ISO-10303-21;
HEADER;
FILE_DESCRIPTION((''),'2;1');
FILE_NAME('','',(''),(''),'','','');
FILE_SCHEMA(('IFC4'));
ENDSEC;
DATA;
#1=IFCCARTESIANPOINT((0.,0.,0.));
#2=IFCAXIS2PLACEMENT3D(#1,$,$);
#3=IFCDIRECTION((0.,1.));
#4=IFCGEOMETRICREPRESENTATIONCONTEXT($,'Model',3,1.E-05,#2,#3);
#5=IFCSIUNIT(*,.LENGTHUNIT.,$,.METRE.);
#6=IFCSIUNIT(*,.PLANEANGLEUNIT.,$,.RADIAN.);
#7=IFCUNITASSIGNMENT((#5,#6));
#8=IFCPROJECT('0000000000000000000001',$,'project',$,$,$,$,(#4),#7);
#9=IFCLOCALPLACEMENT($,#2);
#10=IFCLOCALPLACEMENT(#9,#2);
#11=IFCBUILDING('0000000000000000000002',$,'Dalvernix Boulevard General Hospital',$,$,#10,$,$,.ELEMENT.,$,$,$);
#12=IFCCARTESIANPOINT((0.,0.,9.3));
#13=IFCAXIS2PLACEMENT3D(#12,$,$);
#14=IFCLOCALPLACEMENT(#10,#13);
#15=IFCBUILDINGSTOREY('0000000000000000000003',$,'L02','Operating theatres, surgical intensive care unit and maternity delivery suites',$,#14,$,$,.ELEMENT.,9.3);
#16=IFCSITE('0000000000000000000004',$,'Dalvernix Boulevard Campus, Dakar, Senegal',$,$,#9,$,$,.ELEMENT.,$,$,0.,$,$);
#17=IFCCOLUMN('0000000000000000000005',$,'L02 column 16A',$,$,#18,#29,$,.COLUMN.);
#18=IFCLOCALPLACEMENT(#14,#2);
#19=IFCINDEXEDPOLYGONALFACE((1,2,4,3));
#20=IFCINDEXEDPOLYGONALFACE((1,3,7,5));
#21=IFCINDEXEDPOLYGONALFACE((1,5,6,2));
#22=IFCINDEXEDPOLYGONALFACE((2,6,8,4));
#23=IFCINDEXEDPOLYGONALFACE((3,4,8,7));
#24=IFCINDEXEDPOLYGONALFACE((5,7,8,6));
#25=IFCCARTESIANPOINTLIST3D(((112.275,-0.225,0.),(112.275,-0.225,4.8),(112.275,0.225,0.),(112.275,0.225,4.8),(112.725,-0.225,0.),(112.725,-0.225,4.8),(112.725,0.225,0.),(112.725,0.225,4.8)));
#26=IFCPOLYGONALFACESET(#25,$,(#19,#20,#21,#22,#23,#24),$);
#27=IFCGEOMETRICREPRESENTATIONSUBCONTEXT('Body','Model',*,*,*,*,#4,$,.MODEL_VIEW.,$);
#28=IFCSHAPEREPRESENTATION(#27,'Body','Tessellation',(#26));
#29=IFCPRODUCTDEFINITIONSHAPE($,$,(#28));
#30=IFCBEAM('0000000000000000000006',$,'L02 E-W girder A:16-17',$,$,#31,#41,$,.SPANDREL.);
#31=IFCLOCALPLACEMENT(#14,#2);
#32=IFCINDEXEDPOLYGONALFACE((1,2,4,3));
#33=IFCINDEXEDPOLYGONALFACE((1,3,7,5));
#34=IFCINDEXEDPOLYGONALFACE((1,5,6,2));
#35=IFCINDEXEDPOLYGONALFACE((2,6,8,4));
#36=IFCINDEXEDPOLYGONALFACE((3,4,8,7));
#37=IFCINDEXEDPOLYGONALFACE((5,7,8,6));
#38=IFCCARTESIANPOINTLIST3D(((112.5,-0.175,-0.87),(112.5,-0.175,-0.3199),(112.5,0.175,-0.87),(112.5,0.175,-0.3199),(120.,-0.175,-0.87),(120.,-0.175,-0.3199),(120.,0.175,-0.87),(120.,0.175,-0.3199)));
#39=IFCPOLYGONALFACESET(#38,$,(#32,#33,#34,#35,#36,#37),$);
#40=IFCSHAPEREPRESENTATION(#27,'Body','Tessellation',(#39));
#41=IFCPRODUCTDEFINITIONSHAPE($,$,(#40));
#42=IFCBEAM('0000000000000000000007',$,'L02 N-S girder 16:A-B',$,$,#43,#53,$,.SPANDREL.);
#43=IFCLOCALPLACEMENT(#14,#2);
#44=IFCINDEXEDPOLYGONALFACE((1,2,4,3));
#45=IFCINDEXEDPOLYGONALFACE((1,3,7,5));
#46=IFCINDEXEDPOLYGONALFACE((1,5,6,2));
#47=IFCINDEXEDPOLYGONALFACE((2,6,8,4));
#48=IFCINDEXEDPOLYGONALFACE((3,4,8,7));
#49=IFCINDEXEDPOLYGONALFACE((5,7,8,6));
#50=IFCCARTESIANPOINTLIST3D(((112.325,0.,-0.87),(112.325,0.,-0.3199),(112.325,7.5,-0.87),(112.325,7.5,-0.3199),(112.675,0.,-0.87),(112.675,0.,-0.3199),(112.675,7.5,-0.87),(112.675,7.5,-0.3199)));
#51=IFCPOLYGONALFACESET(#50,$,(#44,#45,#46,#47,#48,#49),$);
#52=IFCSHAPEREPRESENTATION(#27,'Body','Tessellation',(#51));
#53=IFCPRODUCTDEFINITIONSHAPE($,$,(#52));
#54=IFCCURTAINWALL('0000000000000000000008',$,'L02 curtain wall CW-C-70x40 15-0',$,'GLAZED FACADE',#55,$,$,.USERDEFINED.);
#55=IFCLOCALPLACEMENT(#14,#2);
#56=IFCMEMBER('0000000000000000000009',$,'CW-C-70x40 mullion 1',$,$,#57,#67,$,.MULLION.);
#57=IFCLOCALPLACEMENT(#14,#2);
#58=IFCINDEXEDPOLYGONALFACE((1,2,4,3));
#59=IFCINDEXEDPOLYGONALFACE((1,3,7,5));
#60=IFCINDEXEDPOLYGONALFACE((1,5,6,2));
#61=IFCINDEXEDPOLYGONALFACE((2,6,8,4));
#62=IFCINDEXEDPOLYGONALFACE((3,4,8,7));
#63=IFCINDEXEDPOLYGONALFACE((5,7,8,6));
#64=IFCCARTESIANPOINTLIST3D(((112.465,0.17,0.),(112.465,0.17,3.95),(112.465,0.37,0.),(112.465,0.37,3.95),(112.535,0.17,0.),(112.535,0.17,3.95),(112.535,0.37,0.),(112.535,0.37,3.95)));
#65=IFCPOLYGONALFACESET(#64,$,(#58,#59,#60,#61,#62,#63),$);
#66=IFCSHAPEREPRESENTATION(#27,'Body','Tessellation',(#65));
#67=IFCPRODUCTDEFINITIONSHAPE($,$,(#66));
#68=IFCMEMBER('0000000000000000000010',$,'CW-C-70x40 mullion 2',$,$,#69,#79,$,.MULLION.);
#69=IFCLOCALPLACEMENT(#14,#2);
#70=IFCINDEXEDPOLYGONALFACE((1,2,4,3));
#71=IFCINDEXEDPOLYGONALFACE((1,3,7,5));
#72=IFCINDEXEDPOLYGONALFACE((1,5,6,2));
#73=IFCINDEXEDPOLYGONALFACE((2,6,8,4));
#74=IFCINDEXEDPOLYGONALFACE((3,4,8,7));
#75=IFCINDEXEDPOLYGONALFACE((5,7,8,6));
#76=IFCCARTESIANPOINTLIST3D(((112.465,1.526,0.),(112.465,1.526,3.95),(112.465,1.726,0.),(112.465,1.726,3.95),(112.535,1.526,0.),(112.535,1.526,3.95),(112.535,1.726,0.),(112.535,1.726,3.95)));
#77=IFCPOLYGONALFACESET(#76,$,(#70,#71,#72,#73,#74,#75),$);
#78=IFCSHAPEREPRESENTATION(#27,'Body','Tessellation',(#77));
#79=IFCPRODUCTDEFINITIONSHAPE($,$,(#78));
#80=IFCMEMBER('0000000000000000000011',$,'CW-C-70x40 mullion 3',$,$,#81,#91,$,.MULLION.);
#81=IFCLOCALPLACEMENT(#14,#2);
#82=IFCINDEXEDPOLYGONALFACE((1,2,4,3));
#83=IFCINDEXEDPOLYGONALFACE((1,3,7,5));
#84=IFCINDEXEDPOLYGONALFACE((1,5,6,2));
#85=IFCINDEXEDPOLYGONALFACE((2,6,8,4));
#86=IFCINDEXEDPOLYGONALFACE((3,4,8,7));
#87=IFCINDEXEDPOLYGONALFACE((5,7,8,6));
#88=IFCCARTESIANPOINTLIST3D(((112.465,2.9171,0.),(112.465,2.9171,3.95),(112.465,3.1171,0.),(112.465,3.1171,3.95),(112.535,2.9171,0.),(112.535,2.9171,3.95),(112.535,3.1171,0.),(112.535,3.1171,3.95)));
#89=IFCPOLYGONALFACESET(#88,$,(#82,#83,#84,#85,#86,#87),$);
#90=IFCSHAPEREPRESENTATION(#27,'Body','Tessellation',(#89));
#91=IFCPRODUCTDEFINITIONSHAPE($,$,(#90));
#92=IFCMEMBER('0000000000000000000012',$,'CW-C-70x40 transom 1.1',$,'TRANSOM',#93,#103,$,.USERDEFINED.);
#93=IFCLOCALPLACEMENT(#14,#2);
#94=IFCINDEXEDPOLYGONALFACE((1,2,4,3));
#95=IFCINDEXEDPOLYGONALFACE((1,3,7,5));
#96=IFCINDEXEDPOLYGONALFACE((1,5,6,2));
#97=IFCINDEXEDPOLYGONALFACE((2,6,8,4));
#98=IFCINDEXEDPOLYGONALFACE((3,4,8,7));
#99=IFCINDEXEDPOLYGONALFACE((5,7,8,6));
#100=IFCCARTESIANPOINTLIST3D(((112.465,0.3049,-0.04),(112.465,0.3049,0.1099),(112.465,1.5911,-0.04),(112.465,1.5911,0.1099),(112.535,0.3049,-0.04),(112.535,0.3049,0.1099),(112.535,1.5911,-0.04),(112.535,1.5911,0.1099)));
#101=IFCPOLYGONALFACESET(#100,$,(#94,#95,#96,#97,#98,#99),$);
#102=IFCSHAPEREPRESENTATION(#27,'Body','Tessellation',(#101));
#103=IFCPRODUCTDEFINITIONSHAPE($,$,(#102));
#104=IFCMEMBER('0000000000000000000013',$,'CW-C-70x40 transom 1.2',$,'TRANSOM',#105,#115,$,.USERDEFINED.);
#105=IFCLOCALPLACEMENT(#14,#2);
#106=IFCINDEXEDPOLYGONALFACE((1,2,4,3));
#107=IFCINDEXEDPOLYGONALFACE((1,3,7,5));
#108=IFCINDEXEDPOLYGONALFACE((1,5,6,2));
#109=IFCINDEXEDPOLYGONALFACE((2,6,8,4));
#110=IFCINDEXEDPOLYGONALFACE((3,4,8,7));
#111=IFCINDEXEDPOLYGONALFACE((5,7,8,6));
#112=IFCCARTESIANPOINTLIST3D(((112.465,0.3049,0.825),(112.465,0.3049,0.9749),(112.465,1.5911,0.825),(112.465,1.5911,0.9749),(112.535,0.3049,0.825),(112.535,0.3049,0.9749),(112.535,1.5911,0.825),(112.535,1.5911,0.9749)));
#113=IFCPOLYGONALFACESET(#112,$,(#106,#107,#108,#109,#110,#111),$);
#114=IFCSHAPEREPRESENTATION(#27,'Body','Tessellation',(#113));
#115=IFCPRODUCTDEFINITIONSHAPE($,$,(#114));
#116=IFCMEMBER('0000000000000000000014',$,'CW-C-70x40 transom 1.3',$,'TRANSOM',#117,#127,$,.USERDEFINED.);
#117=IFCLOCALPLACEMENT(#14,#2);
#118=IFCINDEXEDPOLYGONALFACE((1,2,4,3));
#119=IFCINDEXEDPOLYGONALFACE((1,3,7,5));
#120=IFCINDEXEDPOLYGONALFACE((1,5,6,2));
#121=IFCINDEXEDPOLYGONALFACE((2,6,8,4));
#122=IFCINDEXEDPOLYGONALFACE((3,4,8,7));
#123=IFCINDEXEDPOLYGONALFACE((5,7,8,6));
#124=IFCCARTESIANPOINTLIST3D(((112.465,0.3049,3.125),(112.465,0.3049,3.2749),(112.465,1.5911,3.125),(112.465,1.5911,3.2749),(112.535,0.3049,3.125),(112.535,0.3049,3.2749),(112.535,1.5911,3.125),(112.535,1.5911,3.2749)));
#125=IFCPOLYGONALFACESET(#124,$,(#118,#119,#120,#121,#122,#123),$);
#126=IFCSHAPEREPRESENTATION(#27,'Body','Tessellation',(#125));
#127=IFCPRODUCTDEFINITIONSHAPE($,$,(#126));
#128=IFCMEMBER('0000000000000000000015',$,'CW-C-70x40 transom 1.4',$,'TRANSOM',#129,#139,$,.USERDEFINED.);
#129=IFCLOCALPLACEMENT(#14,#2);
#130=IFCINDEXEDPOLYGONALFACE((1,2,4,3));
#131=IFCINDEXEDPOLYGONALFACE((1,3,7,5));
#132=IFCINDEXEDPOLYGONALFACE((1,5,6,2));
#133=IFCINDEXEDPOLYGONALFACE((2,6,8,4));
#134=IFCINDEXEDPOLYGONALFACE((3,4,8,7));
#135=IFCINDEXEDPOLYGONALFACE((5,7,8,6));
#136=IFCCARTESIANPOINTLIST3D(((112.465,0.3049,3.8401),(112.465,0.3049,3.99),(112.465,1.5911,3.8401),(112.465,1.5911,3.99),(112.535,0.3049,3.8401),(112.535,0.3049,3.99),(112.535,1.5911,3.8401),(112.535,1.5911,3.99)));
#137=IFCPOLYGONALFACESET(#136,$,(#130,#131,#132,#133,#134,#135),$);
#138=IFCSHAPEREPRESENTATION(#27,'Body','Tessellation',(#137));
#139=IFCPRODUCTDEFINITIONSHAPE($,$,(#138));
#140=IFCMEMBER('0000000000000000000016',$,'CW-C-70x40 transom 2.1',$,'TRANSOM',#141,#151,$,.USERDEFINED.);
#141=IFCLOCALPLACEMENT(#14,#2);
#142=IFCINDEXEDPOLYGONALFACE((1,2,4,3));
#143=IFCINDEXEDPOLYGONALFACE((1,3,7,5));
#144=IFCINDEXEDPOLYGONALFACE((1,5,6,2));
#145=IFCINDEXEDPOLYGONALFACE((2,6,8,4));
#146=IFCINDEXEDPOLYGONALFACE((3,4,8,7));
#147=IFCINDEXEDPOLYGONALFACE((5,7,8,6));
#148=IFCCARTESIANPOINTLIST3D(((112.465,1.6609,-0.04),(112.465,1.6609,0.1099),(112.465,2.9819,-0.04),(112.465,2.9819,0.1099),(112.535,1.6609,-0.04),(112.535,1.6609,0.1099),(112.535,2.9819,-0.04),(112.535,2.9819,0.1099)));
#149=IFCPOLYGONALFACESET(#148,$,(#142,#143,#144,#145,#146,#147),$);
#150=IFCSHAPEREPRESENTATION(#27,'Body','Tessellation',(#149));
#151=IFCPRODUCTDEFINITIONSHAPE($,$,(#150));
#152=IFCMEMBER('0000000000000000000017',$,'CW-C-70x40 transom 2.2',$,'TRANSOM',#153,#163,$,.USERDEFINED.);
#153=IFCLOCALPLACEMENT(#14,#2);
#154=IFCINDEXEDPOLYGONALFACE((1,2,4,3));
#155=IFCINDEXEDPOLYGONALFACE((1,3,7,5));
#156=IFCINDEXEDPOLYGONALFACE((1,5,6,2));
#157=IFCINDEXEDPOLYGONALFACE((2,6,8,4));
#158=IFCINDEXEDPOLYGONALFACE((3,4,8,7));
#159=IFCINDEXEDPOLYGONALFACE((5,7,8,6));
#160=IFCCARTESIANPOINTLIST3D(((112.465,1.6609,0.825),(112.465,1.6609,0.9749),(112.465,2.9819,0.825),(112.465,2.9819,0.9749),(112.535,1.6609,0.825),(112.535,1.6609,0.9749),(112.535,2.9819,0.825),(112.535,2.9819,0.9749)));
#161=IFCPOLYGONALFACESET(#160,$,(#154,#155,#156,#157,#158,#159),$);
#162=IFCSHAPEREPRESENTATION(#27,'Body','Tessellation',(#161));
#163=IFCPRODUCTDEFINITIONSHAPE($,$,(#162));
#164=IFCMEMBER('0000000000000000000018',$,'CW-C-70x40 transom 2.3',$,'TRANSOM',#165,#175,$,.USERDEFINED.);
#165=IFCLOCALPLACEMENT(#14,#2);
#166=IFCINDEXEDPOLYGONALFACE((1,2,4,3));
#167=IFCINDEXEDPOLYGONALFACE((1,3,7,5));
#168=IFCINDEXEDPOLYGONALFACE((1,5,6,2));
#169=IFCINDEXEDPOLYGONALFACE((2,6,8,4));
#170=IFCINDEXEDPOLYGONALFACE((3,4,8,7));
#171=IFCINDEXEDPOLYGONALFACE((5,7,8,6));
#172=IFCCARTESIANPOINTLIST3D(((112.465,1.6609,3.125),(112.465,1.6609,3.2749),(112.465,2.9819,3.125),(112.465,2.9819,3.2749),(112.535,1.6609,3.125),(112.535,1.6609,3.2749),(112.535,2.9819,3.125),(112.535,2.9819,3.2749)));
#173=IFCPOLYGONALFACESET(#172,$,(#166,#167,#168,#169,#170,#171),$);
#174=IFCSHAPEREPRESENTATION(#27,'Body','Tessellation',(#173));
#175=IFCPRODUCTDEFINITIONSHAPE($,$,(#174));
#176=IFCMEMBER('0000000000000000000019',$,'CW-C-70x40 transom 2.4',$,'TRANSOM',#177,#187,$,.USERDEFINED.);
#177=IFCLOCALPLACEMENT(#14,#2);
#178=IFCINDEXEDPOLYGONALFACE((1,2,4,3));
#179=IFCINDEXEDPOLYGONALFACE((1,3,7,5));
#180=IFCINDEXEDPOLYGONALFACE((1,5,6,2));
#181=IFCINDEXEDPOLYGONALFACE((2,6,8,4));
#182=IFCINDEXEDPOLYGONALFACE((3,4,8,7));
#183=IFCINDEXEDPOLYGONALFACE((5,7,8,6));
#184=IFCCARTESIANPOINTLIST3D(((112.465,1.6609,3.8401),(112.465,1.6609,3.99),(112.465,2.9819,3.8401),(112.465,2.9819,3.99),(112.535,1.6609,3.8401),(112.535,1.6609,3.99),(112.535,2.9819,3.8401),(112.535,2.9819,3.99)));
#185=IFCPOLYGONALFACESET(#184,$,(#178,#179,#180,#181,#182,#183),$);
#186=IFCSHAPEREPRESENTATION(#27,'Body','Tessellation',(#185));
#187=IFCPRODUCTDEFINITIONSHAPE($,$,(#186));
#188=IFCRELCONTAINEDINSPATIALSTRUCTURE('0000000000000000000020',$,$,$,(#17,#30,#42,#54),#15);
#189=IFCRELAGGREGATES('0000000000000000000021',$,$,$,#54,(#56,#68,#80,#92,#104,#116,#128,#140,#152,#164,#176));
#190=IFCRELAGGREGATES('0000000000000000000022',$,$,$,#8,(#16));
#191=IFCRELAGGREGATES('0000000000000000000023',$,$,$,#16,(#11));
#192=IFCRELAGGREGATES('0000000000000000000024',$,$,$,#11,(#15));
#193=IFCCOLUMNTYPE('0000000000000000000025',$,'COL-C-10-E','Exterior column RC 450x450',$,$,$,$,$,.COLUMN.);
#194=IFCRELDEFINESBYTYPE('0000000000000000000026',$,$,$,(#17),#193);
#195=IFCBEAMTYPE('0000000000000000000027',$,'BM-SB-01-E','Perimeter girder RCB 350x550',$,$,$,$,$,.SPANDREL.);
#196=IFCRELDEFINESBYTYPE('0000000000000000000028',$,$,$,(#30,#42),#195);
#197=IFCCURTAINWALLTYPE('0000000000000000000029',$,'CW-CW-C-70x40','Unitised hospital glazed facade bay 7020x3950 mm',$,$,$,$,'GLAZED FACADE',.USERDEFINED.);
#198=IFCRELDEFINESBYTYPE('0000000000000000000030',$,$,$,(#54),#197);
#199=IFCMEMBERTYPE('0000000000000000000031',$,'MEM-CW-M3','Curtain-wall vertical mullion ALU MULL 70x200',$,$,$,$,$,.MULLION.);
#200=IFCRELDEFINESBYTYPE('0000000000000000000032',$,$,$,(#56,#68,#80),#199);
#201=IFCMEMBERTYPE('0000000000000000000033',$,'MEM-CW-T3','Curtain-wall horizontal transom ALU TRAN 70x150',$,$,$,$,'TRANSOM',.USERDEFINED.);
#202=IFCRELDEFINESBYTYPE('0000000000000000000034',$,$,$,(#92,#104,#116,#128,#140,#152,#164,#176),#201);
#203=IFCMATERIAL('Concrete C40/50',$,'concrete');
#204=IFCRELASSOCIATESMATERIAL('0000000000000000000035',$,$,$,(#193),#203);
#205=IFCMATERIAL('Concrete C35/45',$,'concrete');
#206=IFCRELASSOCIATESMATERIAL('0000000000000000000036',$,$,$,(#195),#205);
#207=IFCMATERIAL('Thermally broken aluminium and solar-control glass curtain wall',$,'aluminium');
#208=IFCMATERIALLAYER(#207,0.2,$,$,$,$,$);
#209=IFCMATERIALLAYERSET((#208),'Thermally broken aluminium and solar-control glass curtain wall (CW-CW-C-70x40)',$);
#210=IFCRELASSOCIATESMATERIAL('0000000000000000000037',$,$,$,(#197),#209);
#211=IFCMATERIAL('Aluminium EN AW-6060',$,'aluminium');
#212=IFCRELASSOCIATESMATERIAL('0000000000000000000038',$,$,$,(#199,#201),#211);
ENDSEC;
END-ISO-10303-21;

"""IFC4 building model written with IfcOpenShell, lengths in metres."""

from ifc_helpers import new_model, si_unit, direction, frame, origin, origin_2d, place, context, subcontext, project, spatial, rectangle, extrude, material, layer, layer_set, material_profile, profile_set, type_object, element, aggregate, save


model = new_model("IFC4")

# Units and contexts
model_context = context("Model", 3, precision=1e-05, world=origin(), true_north=direction((0.0, 1.0)))
body_context = subcontext(model_context, "Body", "Model", "MODEL_VIEW")
ifc_project = project(units=[si_unit("LENGTHUNIT", "METRE"), si_unit("PLANEANGLEUNIT", "RADIAN")], contexts=[model_context])

# Site, building, storey
site_placement = place(None, origin())
site = spatial("IfcSite", under=ifc_project, at=site_placement, Name="Dalvernix Boulevard Campus, Dakar, Senegal", CompositionType="ELEMENT", RefElevation=0.0)
building_placement = place(site_placement, origin())
building = spatial("IfcBuilding", under=site, at=building_placement, Name="Dalvernix Boulevard General Hospital", CompositionType="ELEMENT")
storey_placement = place(building_placement, frame((0.0, 0.0, 9.3)))
storey = spatial("IfcBuildingStorey", under=building, at=storey_placement, Name="L02", Description="Operating theatres, surgical intensive care unit and maternity delivery suites", CompositionType="ELEMENT", Elevation=9.3)

# Column
ifc_material_1 = material(Name="Concrete C40/50", Category="concrete")
ifc_material_profile_1 = material_profile(ifc_material_1, rectangle(XDim=0.45, YDim=0.45, at=origin_2d()), Name="RC 450x450")
ifc_profile_set_1 = profile_set([ifc_material_profile_1], Name="Concrete C40/50")
column_type = type_object("IfcColumnType", Name="COL-C-10-E", Description="Exterior column RC 450x450", PredefinedType="COLUMN", material=ifc_profile_set_1)
column_placement = place(storey_placement, frame((112.5, 0.0, 0.0), z_axis=(0.0, 0.0, 1.0), x_axis=(1.0, 0.0, 0.0)))
element("IfcColumn", 1, at=column_placement, inside=storey, type_object=column_type, Name="L02 column 16A", PredefinedType="COLUMN", context=body_context, shape_type="SweptSolid", body=[
    extrude(rectangle(XDim=0.45, YDim=0.45, at=origin_2d()), origin(), (0.0, 0.0, 1.0), 4.8),
])

# Beams
ifc_material_2 = material(Name="Concrete C35/45", Category="concrete")
ifc_material_profile_2 = material_profile(ifc_material_2, rectangle(XDim=0.3501, YDim=0.55, at=origin_2d()), Name="RCB 350x550")
ifc_profile_set_2 = profile_set([ifc_material_profile_2], Name="Concrete C35/45")
beam_type = type_object("IfcBeamType", Name="BM-SB-01-E", Description="Perimeter girder RCB 350x550", PredefinedType="SPANDREL", material=ifc_profile_set_2)
for number, where, z_axis, x_axis, name in (
    (2, (112.5, 0.0, -0.595), (1.0, 0.0, 0.0), (0.0, 1.0, 0.0), "L02 E-W girder A:16-17"),
    (3, (112.5, 0.0, -0.595), (0.0, 1.0, 0.0), (-1.0, 0.0, 0.0), "L02 N-S girder 16:A-B"),
):
    element("IfcBeam", number, at=place(storey_placement, frame(where, z_axis=z_axis, x_axis=x_axis)), inside=storey, type_object=beam_type, Name=name, PredefinedType="SPANDREL", context=body_context, shape_type="SweptSolid", body=[
        extrude(rectangle(XDim=0.3501, YDim=0.55, at=origin_2d()), origin(), (0.0, 0.0, 1.0), 7.5),
    ])

# Curtain wall, members
ifc_material_3 = material(Name="Thermally broken aluminium and solar-control glass curtain wall", Category="aluminium")
ifc_layer_1 = layer(ifc_material_3, 0.2)
ifc_layer_set_1 = layer_set([ifc_layer_1], Name="Thermally broken aluminium and solar-control glass curtain wall (CW-CW-C-70x40)")
curtain_wall_type = type_object("IfcCurtainWallType", Name="CW-CW-C-70x40", Description="Unitised hospital glazed facade bay 7020x3950 mm", ElementType="GLAZED FACADE", PredefinedType="USERDEFINED", material=ifc_layer_set_1)
curtain_wall_placement = place(storey_placement, origin())
curtain_wall = element("IfcCurtainWall", 4, at=curtain_wall_placement, inside=storey, type_object=curtain_wall_type, Name="L02 curtain wall CW-C-70x40 15-0", ObjectType="GLAZED FACADE", PredefinedType="USERDEFINED")
ifc_material_4 = material(Name="Aluminium EN AW-6060", Category="aluminium")
ifc_material_profile_3 = material_profile(ifc_material_4, rectangle(XDim=0.0701, YDim=0.2, at=origin_2d()), Name="ALU MULL 70x200")
ifc_profile_set_3 = profile_set([ifc_material_profile_3], Name="Aluminium EN AW-6060")
member_type_1 = type_object("IfcMemberType", Name="MEM-CW-M3", Description="Curtain-wall vertical mullion ALU MULL 70x200", PredefinedType="MULLION", material=ifc_profile_set_3)
member_1_placement = place(storey_placement, frame((112.5, 0.27, 0.0), z_axis=(0.0, 0.0, 1.0), x_axis=(-1.0, 0.0, 0.0)))
member_1 = element("IfcMember", 5, at=member_1_placement, type_object=member_type_1, Name="CW-C-70x40 mullion 1", PredefinedType="MULLION", context=body_context, shape_type="SweptSolid", body=[
    extrude(rectangle(XDim=0.0701, YDim=0.2, at=origin_2d()), origin(), (0.0, 0.0, 1.0), 3.95),
])
member_2_placement = place(storey_placement, frame((112.5, 1.626, 0.0), z_axis=(0.0, 0.0, 1.0), x_axis=(-1.0, 0.0, 0.0)))
member_2 = element("IfcMember", 6, at=member_2_placement, type_object=member_type_1, Name="CW-C-70x40 mullion 2", PredefinedType="MULLION", context=body_context, shape_type="SweptSolid", body=[
    extrude(rectangle(XDim=0.0701, YDim=0.2, at=origin_2d()), origin(), (0.0, 0.0, 1.0), 3.95),
])
member_3_placement = place(storey_placement, frame((112.5, 3.0171, 0.0), z_axis=(0.0, 0.0, 1.0), x_axis=(-1.0, 0.0, 0.0)))
member_3 = element("IfcMember", 7, at=member_3_placement, type_object=member_type_1, Name="CW-C-70x40 mullion 3", PredefinedType="MULLION", context=body_context, shape_type="SweptSolid", body=[
    extrude(rectangle(XDim=0.0701, YDim=0.2, at=origin_2d()), origin(), (0.0, 0.0, 1.0), 3.95),
])
ifc_material_profile_4 = material_profile(ifc_material_4, rectangle(XDim=0.0701, YDim=0.1499, at=origin_2d()), Name="ALU TRAN 70x150")
ifc_profile_set_4 = profile_set([ifc_material_profile_4], Name="Aluminium EN AW-6060")
member_type_2 = type_object("IfcMemberType", Name="MEM-CW-T3", Description="Curtain-wall horizontal transom ALU TRAN 70x150", ElementType="TRANSOM", PredefinedType="USERDEFINED", material=ifc_profile_set_4)
member_4_placement = place(storey_placement, frame((112.5, 0.3049, 0.0349), z_axis=(0.0, 1.0, 0.0), x_axis=(-1.0, 0.0, 0.0)))
member_4 = element("IfcMember", 8, at=member_4_placement, type_object=member_type_2, Name="CW-C-70x40 transom 1.1", ObjectType="TRANSOM", PredefinedType="USERDEFINED", context=body_context, shape_type="SweptSolid", body=[
    extrude(rectangle(XDim=0.0701, YDim=0.1499, at=origin_2d()), origin(), (0.0, 0.0, 1.0), 1.2861),
])
member_5_placement = place(storey_placement, frame((112.5, 0.3049, 0.8999), z_axis=(0.0, 1.0, 0.0), x_axis=(-1.0, 0.0, 0.0)))
member_5 = element("IfcMember", 9, at=member_5_placement, type_object=member_type_2, Name="CW-C-70x40 transom 1.2", ObjectType="TRANSOM", PredefinedType="USERDEFINED", context=body_context, shape_type="SweptSolid", body=[
    extrude(rectangle(XDim=0.0701, YDim=0.1499, at=origin_2d()), origin(), (0.0, 0.0, 1.0), 1.2861),
])
member_6_placement = place(storey_placement, frame((112.5, 0.3049, 3.2), z_axis=(0.0, 1.0, 0.0), x_axis=(-1.0, 0.0, 0.0)))
member_6 = element("IfcMember", 10, at=member_6_placement, type_object=member_type_2, Name="CW-C-70x40 transom 1.3", ObjectType="TRANSOM", PredefinedType="USERDEFINED", context=body_context, shape_type="SweptSolid", body=[
    extrude(rectangle(XDim=0.0701, YDim=0.1499, at=origin_2d()), origin(), (0.0, 0.0, 1.0), 1.2861),
])
member_7_placement = place(storey_placement, frame((112.5, 0.3049, 3.915), z_axis=(0.0, 1.0, 0.0), x_axis=(-1.0, 0.0, 0.0)))
member_7 = element("IfcMember", 11, at=member_7_placement, type_object=member_type_2, Name="CW-C-70x40 transom 1.4", ObjectType="TRANSOM", PredefinedType="USERDEFINED", context=body_context, shape_type="SweptSolid", body=[
    extrude(rectangle(XDim=0.0701, YDim=0.1499, at=origin_2d()), origin(), (0.0, 0.0, 1.0), 1.2861),
])
member_8_placement = place(storey_placement, frame((112.5, 1.6609, 0.0349), z_axis=(0.0, 1.0, 0.0), x_axis=(-1.0, 0.0, 0.0)))
member_8 = element("IfcMember", 12, at=member_8_placement, type_object=member_type_2, Name="CW-C-70x40 transom 2.1", ObjectType="TRANSOM", PredefinedType="USERDEFINED", context=body_context, shape_type="SweptSolid", body=[
    extrude(rectangle(XDim=0.0701, YDim=0.1499, at=origin_2d()), origin(), (0.0, 0.0, 1.0), 1.321),
])
member_9_placement = place(storey_placement, frame((112.5, 1.6609, 0.8999), z_axis=(0.0, 1.0, 0.0), x_axis=(-1.0, 0.0, 0.0)))
member_9 = element("IfcMember", 13, at=member_9_placement, type_object=member_type_2, Name="CW-C-70x40 transom 2.2", ObjectType="TRANSOM", PredefinedType="USERDEFINED", context=body_context, shape_type="SweptSolid", body=[
    extrude(rectangle(XDim=0.0701, YDim=0.1499, at=origin_2d()), origin(), (0.0, 0.0, 1.0), 1.321),
])
member_10_placement = place(storey_placement, frame((112.5, 1.6609, 3.2), z_axis=(0.0, 1.0, 0.0), x_axis=(-1.0, 0.0, 0.0)))
member_10 = element("IfcMember", 14, at=member_10_placement, type_object=member_type_2, Name="CW-C-70x40 transom 2.3", ObjectType="TRANSOM", PredefinedType="USERDEFINED", context=body_context, shape_type="SweptSolid", body=[
    extrude(rectangle(XDim=0.0701, YDim=0.1499, at=origin_2d()), origin(), (0.0, 0.0, 1.0), 1.321),
])
member_11_placement = place(storey_placement, frame((112.5, 1.6609, 3.915), z_axis=(0.0, 1.0, 0.0), x_axis=(-1.0, 0.0, 0.0)))
member_11 = element("IfcMember", 15, at=member_11_placement, type_object=member_type_2, Name="CW-C-70x40 transom 2.4", ObjectType="TRANSOM", PredefinedType="USERDEFINED", context=body_context, shape_type="SweptSolid", body=[
    extrude(rectangle(XDim=0.0701, YDim=0.1499, at=origin_2d()), origin(), (0.0, 0.0, 1.0), 1.321),
])
aggregate(curtain_wall, [member_1, member_2, member_3, member_4, member_5, member_6, member_7, member_8, member_9, member_10, member_11])

save(model, "model.ifc")
